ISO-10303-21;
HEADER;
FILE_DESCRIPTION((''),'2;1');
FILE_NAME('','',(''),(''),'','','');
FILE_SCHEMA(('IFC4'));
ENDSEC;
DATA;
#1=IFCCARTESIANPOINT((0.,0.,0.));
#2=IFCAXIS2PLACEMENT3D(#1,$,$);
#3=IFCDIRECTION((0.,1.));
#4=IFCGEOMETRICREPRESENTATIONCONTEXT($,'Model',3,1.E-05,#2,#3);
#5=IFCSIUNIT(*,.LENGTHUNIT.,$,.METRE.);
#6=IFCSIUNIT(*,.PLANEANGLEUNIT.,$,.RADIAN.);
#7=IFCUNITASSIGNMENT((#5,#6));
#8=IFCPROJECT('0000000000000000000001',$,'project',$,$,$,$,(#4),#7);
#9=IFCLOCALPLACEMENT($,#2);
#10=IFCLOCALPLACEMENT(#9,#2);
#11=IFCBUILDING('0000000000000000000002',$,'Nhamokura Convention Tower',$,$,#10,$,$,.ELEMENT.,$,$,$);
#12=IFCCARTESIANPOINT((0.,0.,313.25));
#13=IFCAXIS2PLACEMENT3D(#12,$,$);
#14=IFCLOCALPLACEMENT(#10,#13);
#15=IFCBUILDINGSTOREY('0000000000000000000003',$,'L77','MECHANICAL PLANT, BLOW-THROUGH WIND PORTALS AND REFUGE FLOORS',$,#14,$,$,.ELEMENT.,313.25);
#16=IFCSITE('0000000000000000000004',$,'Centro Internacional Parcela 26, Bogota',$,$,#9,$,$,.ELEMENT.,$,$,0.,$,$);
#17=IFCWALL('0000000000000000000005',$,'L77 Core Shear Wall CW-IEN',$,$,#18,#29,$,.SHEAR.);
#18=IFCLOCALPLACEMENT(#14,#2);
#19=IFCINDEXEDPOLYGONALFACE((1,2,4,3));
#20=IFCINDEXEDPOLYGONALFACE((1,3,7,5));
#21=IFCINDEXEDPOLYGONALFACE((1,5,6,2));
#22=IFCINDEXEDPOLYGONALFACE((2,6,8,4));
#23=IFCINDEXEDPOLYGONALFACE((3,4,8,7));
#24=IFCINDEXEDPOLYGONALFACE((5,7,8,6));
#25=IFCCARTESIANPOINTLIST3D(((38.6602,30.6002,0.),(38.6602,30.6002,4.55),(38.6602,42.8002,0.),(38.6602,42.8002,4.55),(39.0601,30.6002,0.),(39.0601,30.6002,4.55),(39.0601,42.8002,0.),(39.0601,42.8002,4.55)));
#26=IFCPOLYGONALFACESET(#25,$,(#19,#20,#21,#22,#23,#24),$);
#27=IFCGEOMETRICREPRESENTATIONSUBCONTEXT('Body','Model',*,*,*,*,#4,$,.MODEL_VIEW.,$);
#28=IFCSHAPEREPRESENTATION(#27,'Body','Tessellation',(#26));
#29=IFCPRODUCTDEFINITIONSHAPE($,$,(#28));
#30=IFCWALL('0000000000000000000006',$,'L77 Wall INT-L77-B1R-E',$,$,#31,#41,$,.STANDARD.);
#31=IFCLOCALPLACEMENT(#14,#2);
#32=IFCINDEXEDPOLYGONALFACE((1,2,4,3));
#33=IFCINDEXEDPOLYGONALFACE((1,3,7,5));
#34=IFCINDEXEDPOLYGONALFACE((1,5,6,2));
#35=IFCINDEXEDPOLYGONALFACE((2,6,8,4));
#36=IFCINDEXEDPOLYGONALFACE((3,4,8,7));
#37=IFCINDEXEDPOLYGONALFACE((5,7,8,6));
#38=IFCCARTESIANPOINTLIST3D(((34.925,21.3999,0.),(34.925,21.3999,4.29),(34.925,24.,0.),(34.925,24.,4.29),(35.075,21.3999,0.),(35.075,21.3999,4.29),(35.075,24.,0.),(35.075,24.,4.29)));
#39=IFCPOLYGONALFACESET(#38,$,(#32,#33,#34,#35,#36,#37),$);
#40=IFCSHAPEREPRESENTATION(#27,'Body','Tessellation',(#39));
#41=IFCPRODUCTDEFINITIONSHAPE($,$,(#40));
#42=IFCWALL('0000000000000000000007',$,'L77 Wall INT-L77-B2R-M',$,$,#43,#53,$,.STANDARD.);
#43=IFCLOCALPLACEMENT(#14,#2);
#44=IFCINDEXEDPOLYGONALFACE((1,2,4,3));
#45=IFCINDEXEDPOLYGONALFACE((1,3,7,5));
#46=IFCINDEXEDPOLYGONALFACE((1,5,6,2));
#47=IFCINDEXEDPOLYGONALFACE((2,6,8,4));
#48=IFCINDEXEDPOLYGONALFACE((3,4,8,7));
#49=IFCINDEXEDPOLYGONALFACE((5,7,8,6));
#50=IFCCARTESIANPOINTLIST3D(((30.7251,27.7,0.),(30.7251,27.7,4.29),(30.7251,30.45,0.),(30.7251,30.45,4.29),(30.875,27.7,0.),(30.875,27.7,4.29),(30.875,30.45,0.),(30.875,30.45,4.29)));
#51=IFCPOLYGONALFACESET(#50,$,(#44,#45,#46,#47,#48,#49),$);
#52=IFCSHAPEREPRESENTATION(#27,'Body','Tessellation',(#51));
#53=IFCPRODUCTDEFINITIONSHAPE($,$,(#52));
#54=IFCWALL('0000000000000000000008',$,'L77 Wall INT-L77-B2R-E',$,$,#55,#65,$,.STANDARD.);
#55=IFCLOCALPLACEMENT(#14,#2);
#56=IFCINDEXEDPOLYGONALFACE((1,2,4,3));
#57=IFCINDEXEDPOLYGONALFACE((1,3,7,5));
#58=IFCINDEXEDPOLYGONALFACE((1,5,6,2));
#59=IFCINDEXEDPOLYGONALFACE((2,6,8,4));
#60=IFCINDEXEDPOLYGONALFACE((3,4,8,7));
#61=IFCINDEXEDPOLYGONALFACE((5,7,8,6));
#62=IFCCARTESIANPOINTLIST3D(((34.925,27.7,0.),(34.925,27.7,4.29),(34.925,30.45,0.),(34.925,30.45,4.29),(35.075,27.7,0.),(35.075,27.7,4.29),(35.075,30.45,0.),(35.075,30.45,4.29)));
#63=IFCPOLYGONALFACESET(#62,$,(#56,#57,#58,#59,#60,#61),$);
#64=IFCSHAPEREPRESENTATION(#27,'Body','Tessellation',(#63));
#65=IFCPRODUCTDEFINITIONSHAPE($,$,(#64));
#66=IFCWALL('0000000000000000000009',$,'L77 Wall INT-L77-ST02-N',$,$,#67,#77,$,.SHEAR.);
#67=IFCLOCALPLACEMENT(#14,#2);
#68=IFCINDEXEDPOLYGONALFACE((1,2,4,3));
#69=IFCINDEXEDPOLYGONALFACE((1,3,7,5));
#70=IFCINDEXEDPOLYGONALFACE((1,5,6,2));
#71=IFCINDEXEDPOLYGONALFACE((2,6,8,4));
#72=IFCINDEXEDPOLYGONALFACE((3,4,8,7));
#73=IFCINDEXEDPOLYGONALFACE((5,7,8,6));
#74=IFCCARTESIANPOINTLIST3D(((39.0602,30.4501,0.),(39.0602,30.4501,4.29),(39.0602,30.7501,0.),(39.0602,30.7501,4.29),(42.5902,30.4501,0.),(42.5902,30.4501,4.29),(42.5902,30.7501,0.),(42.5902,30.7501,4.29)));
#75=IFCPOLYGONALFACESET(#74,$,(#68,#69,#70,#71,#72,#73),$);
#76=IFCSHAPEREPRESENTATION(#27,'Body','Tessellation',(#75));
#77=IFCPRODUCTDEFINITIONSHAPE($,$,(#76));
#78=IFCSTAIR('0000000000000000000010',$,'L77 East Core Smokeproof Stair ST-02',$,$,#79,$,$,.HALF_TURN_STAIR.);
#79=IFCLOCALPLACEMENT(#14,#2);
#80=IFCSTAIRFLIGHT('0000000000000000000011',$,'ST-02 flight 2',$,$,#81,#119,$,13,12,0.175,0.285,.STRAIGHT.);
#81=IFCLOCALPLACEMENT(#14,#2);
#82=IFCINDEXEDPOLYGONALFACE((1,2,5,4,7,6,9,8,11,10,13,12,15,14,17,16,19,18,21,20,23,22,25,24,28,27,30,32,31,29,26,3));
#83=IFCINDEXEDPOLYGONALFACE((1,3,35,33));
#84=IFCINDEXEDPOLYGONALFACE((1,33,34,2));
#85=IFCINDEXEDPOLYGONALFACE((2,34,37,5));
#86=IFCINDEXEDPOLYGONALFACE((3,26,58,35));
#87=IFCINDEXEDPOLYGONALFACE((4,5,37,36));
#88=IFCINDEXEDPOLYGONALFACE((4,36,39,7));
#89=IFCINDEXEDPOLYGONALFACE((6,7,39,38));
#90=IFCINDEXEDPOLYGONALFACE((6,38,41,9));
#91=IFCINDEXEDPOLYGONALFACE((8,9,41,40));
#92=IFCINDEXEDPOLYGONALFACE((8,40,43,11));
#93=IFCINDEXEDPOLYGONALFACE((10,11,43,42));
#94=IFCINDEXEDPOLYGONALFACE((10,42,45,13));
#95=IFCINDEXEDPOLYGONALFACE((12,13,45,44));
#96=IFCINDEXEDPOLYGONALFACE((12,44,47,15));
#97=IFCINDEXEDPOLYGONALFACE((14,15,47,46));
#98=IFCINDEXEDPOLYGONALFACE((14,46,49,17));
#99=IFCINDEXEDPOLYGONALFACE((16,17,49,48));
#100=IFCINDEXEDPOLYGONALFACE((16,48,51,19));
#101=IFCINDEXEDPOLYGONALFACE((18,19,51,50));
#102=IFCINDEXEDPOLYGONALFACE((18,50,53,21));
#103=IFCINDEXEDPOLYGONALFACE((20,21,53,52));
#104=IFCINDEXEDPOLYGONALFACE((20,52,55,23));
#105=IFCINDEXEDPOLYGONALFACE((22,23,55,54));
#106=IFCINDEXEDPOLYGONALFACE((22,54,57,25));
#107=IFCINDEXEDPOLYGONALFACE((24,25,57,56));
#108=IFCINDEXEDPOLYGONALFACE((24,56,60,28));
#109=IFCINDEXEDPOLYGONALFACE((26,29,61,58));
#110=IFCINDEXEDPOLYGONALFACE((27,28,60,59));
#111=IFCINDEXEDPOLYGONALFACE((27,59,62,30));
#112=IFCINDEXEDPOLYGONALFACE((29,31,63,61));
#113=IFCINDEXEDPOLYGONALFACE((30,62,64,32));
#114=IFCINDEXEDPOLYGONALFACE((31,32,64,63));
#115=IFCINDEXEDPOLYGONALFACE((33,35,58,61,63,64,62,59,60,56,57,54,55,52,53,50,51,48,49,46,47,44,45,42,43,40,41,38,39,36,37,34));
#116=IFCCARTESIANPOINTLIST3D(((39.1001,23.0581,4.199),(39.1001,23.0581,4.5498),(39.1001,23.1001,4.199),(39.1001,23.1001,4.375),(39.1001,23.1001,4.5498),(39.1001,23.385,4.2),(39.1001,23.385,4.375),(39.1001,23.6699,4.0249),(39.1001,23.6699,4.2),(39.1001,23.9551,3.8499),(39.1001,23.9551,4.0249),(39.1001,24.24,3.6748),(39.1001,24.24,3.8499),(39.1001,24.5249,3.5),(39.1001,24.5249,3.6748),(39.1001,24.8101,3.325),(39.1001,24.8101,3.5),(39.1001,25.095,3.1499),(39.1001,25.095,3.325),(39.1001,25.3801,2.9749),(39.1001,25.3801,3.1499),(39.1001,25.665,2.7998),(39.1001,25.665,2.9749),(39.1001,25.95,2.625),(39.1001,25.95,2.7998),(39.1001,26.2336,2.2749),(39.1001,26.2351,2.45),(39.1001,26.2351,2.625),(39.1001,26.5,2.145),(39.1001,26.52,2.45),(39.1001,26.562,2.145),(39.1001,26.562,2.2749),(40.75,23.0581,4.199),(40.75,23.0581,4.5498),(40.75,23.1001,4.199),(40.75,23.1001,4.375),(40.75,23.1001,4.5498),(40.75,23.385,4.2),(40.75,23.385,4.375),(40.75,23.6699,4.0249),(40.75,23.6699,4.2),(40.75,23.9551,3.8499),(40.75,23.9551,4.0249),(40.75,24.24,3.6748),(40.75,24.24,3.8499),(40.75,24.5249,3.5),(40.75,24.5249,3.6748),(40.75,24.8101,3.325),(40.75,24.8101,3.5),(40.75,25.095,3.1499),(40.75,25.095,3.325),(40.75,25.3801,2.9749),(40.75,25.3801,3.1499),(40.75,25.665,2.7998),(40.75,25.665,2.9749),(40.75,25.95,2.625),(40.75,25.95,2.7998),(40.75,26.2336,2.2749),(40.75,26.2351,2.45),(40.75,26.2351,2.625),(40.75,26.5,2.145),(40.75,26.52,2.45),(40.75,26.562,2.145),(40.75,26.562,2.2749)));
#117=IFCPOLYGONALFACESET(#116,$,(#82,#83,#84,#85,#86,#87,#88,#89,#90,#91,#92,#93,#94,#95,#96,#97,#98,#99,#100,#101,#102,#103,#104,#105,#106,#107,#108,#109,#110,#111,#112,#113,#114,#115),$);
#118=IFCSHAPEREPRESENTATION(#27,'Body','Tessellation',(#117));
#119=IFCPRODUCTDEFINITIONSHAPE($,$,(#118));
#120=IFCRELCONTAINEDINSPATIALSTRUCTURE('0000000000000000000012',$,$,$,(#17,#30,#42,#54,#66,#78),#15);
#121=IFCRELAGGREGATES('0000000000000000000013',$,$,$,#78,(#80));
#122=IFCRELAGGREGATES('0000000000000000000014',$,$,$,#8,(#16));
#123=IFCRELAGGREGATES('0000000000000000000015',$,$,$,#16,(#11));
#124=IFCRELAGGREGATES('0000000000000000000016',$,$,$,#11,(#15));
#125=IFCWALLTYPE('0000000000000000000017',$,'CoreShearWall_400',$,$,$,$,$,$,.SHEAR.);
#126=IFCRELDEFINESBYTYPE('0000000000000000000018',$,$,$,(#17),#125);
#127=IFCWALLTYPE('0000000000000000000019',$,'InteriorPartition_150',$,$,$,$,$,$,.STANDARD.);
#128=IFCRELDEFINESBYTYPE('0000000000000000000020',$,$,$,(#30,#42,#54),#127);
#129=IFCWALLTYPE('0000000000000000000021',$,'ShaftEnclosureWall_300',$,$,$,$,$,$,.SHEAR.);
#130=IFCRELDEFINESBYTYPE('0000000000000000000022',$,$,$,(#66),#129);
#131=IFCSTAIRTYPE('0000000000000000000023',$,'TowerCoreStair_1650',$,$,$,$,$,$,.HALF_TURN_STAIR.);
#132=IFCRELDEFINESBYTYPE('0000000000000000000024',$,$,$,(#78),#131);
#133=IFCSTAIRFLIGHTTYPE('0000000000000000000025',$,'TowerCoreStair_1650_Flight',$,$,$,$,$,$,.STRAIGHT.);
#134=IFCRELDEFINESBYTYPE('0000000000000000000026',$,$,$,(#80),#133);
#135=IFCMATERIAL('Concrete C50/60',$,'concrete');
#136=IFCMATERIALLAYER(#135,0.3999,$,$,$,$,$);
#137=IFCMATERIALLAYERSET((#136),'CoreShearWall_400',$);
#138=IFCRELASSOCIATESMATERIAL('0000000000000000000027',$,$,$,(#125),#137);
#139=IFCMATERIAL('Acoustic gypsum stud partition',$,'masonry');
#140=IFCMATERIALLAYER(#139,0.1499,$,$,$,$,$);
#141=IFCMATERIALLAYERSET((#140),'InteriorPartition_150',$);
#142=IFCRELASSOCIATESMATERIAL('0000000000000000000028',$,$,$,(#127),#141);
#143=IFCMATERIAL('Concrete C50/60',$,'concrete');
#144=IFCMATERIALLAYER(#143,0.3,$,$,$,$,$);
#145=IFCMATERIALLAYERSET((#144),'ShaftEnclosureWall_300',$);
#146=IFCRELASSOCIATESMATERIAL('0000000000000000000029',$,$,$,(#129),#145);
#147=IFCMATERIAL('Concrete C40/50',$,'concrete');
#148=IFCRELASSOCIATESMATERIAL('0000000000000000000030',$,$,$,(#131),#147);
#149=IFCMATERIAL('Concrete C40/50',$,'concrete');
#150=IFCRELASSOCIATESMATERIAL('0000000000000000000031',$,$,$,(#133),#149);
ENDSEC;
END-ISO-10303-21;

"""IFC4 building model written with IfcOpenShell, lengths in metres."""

from ifc_helpers import new_model, si_unit, direction, frame, frame_2d, origin, place, context, subcontext, project, spatial, polyline, rectangle, outline, extrude, material, layer, layer_set, type_object, element, aggregate, save


model = new_model("IFC4")

# Units and contexts
model_context = context("Model", 3, precision=1e-05, world=origin(), true_north=direction((0.0, 1.0)))
body_context = subcontext(model_context, "Body", "Model", "MODEL_VIEW")
ifc_project = project(units=[si_unit("LENGTHUNIT", "METRE"), si_unit("PLANEANGLEUNIT", "RADIAN")], contexts=[model_context])

# Site, building, storey
site_placement = place(None, origin())
site = spatial("IfcSite", under=ifc_project, at=site_placement, Name="Centro Internacional Parcela 26, Bogota", CompositionType="ELEMENT", RefElevation=0.0)
building_placement = place(site_placement, origin())
building = spatial("IfcBuilding", under=site, at=building_placement, Name="Nhamokura Convention Tower", CompositionType="ELEMENT")
storey_placement = place(building_placement, frame((0.0, 0.0, 313.25)))
storey = spatial("IfcBuildingStorey", under=building, at=storey_placement, Name="L77", Description="MECHANICAL PLANT, BLOW-THROUGH WIND PORTALS AND REFUGE FLOORS", CompositionType="ELEMENT", Elevation=313.25)

# Wall
ifc_material_1 = material(Name="Concrete C50/60", Category="concrete")
ifc_layer_1 = layer(ifc_material_1, 0.3999)
ifc_layer_set_1 = layer_set([ifc_layer_1], Name="CoreShearWall_400")
wall_type_1 = type_object("IfcWallType", Name="CoreShearWall_400", PredefinedType="SHEAR", material=ifc_layer_set_1)
wall_1_placement = place(storey_placement, frame((38.8601, 30.6001, 0.0), z_axis=(0.0, 0.0, 1.0), x_axis=(0.0, 1.0, 0.0)))
element("IfcWall", 1, at=wall_1_placement, inside=storey, type_object=wall_type_1, Name="L77 Core Shear Wall CW-IEN", PredefinedType="SHEAR", context=body_context, shape_type="SweptSolid", body=[
    extrude(rectangle(XDim=12.2, YDim=0.3999, at=frame_2d((6.1001, 0.0))), origin(), (0.0, 0.0, 1.0), 4.55),
])

# Walls
ifc_material_2 = material(Name="Acoustic gypsum stud partition", Category="masonry")
ifc_layer_2 = layer(ifc_material_2, 0.1499)
ifc_layer_set_2 = layer_set([ifc_layer_2], Name="InteriorPartition_150")
wall_type_2 = type_object("IfcWallType", Name="InteriorPartition_150", PredefinedType="STANDARD", material=ifc_layer_set_2)
wall_2_placement = place(storey_placement, frame((35.0, 21.3999, 0.0), z_axis=(0.0, 0.0, 1.0), x_axis=(0.0, 1.0, 0.0)))
element("IfcWall", 2, at=wall_2_placement, inside=storey, type_object=wall_type_2, Name="L77 Wall INT-L77-B1R-E", PredefinedType="STANDARD", context=body_context, shape_type="SweptSolid", body=[
    extrude(rectangle(XDim=2.6001, YDim=0.1499, at=frame_2d((1.3, 0.0))), origin(), (0.0, 0.0, 1.0), 4.29),
])
for number, where, z_axis, x_axis, name in (
    (3, (30.8, 27.7, 0.0), (0.0, 0.0, 1.0), (0.0, 1.0, 0.0), "L77 Wall INT-L77-B2R-M"),
    (4, (35.0, 27.7, 0.0), (0.0, 0.0, 1.0), (0.0, 1.0, 0.0), "L77 Wall INT-L77-B2R-E"),
):
    element("IfcWall", number, at=place(storey_placement, frame(where, z_axis=z_axis, x_axis=x_axis)), inside=storey, type_object=wall_type_2, Name=name, PredefinedType="STANDARD", context=body_context, shape_type="SweptSolid", body=[
        extrude(rectangle(XDim=2.75, YDim=0.1499, at=frame_2d((1.375, 0.0))), origin(), (0.0, 0.0, 1.0), 4.29),
    ])
ifc_material_3 = material(Name="Concrete C50/60", Category="concrete")
ifc_layer_3 = layer(ifc_material_3, 0.3)
ifc_layer_set_3 = layer_set([ifc_layer_3], Name="ShaftEnclosureWall_300")
wall_type_3 = type_object("IfcWallType", Name="ShaftEnclosureWall_300", PredefinedType="SHEAR", material=ifc_layer_set_3)
wall_3_placement = place(storey_placement, frame((39.0601, 30.6001, 0.0), z_axis=(0.0, 0.0, 1.0), x_axis=(1.0, 0.0, 0.0)))
element("IfcWall", 5, at=wall_3_placement, inside=storey, type_object=wall_type_3, Name="L77 Wall INT-L77-ST02-N", PredefinedType="SHEAR", context=body_context, shape_type="SweptSolid", body=[
    extrude(rectangle(XDim=3.53, YDim=0.3, at=frame_2d((1.7651, 0.0))), origin(), (0.0, 0.0, 1.0), 4.29),
])

# Stair, stair flight
ifc_material_4 = material(Name="Concrete C40/50", Category="concrete")
stair_type = type_object("IfcStairType", Name="TowerCoreStair_1650", PredefinedType="HALF_TURN_STAIR", material=ifc_material_4)
stair_placement = place(storey_placement, origin())
stair = element("IfcStair", 6, at=stair_placement, inside=storey, type_object=stair_type, Name="L77 East Core Smokeproof Stair ST-02", PredefinedType="HALF_TURN_STAIR")
ifc_material_5 = material(Name="Concrete C40/50", Category="concrete")
stair_flight_type = type_object("IfcStairFlightType", Name="TowerCoreStair_1650_Flight", PredefinedType="STRAIGHT", material=ifc_material_5)
stair_flight_placement = place(storey_placement, frame((39.925, 26.52, 2.2749), z_axis=(0.0, 0.0, 1.0), x_axis=(0.0, -1.0, 0.0)))
stair_flight = element("IfcStairFlight", 7, at=stair_flight_placement, type_object=stair_flight_type, Name="ST-02 flight 2", NumberOfRisers=13, NumberOfTreads=12, PredefinedType="STRAIGHT", RiserHeight=0.175, TreadLength=0.285, context=body_context, shape_type="SweptSolid", body=[
    extrude(outline(polyline([(-0.042, 0.0), (0.0, 0.175), (0.2849, 0.175), (0.2849, 0.3501), (0.5701, 0.3501), (0.5701, 0.5249), (0.855, 0.5249), (0.855, 0.7), (1.1399, 0.7), (1.1399, 0.875), (1.425, 0.875), (1.425, 1.05), (1.71, 1.05), (1.71, 1.2251), (1.9951, 1.2251), (1.9951, 1.3999), (2.28, 1.3999), (2.28, 1.575), (2.5649, 1.575), (2.5649, 1.75), (2.8501, 1.75), (2.8501, 1.925), (3.135, 1.925), (3.135, 2.1001), (3.4199, 2.1001), (3.4199, 2.2749), (3.4619, 2.2749), (3.4619, 1.9241), (3.4199, 1.9241), (0.2864, 0.0), (0.02, -0.1299), (-0.042, -0.1299), (-0.042, 0.0)])), frame((0.0, 0.825, 0.0), z_axis=(0.0, -1.0, 0.0), x_axis=(1.0, 0.0, 0.0)), (0.0, 0.0, 1.0), 1.6499),
])
aggregate(stair, [stair_flight])

save(model, "model.ifc")
